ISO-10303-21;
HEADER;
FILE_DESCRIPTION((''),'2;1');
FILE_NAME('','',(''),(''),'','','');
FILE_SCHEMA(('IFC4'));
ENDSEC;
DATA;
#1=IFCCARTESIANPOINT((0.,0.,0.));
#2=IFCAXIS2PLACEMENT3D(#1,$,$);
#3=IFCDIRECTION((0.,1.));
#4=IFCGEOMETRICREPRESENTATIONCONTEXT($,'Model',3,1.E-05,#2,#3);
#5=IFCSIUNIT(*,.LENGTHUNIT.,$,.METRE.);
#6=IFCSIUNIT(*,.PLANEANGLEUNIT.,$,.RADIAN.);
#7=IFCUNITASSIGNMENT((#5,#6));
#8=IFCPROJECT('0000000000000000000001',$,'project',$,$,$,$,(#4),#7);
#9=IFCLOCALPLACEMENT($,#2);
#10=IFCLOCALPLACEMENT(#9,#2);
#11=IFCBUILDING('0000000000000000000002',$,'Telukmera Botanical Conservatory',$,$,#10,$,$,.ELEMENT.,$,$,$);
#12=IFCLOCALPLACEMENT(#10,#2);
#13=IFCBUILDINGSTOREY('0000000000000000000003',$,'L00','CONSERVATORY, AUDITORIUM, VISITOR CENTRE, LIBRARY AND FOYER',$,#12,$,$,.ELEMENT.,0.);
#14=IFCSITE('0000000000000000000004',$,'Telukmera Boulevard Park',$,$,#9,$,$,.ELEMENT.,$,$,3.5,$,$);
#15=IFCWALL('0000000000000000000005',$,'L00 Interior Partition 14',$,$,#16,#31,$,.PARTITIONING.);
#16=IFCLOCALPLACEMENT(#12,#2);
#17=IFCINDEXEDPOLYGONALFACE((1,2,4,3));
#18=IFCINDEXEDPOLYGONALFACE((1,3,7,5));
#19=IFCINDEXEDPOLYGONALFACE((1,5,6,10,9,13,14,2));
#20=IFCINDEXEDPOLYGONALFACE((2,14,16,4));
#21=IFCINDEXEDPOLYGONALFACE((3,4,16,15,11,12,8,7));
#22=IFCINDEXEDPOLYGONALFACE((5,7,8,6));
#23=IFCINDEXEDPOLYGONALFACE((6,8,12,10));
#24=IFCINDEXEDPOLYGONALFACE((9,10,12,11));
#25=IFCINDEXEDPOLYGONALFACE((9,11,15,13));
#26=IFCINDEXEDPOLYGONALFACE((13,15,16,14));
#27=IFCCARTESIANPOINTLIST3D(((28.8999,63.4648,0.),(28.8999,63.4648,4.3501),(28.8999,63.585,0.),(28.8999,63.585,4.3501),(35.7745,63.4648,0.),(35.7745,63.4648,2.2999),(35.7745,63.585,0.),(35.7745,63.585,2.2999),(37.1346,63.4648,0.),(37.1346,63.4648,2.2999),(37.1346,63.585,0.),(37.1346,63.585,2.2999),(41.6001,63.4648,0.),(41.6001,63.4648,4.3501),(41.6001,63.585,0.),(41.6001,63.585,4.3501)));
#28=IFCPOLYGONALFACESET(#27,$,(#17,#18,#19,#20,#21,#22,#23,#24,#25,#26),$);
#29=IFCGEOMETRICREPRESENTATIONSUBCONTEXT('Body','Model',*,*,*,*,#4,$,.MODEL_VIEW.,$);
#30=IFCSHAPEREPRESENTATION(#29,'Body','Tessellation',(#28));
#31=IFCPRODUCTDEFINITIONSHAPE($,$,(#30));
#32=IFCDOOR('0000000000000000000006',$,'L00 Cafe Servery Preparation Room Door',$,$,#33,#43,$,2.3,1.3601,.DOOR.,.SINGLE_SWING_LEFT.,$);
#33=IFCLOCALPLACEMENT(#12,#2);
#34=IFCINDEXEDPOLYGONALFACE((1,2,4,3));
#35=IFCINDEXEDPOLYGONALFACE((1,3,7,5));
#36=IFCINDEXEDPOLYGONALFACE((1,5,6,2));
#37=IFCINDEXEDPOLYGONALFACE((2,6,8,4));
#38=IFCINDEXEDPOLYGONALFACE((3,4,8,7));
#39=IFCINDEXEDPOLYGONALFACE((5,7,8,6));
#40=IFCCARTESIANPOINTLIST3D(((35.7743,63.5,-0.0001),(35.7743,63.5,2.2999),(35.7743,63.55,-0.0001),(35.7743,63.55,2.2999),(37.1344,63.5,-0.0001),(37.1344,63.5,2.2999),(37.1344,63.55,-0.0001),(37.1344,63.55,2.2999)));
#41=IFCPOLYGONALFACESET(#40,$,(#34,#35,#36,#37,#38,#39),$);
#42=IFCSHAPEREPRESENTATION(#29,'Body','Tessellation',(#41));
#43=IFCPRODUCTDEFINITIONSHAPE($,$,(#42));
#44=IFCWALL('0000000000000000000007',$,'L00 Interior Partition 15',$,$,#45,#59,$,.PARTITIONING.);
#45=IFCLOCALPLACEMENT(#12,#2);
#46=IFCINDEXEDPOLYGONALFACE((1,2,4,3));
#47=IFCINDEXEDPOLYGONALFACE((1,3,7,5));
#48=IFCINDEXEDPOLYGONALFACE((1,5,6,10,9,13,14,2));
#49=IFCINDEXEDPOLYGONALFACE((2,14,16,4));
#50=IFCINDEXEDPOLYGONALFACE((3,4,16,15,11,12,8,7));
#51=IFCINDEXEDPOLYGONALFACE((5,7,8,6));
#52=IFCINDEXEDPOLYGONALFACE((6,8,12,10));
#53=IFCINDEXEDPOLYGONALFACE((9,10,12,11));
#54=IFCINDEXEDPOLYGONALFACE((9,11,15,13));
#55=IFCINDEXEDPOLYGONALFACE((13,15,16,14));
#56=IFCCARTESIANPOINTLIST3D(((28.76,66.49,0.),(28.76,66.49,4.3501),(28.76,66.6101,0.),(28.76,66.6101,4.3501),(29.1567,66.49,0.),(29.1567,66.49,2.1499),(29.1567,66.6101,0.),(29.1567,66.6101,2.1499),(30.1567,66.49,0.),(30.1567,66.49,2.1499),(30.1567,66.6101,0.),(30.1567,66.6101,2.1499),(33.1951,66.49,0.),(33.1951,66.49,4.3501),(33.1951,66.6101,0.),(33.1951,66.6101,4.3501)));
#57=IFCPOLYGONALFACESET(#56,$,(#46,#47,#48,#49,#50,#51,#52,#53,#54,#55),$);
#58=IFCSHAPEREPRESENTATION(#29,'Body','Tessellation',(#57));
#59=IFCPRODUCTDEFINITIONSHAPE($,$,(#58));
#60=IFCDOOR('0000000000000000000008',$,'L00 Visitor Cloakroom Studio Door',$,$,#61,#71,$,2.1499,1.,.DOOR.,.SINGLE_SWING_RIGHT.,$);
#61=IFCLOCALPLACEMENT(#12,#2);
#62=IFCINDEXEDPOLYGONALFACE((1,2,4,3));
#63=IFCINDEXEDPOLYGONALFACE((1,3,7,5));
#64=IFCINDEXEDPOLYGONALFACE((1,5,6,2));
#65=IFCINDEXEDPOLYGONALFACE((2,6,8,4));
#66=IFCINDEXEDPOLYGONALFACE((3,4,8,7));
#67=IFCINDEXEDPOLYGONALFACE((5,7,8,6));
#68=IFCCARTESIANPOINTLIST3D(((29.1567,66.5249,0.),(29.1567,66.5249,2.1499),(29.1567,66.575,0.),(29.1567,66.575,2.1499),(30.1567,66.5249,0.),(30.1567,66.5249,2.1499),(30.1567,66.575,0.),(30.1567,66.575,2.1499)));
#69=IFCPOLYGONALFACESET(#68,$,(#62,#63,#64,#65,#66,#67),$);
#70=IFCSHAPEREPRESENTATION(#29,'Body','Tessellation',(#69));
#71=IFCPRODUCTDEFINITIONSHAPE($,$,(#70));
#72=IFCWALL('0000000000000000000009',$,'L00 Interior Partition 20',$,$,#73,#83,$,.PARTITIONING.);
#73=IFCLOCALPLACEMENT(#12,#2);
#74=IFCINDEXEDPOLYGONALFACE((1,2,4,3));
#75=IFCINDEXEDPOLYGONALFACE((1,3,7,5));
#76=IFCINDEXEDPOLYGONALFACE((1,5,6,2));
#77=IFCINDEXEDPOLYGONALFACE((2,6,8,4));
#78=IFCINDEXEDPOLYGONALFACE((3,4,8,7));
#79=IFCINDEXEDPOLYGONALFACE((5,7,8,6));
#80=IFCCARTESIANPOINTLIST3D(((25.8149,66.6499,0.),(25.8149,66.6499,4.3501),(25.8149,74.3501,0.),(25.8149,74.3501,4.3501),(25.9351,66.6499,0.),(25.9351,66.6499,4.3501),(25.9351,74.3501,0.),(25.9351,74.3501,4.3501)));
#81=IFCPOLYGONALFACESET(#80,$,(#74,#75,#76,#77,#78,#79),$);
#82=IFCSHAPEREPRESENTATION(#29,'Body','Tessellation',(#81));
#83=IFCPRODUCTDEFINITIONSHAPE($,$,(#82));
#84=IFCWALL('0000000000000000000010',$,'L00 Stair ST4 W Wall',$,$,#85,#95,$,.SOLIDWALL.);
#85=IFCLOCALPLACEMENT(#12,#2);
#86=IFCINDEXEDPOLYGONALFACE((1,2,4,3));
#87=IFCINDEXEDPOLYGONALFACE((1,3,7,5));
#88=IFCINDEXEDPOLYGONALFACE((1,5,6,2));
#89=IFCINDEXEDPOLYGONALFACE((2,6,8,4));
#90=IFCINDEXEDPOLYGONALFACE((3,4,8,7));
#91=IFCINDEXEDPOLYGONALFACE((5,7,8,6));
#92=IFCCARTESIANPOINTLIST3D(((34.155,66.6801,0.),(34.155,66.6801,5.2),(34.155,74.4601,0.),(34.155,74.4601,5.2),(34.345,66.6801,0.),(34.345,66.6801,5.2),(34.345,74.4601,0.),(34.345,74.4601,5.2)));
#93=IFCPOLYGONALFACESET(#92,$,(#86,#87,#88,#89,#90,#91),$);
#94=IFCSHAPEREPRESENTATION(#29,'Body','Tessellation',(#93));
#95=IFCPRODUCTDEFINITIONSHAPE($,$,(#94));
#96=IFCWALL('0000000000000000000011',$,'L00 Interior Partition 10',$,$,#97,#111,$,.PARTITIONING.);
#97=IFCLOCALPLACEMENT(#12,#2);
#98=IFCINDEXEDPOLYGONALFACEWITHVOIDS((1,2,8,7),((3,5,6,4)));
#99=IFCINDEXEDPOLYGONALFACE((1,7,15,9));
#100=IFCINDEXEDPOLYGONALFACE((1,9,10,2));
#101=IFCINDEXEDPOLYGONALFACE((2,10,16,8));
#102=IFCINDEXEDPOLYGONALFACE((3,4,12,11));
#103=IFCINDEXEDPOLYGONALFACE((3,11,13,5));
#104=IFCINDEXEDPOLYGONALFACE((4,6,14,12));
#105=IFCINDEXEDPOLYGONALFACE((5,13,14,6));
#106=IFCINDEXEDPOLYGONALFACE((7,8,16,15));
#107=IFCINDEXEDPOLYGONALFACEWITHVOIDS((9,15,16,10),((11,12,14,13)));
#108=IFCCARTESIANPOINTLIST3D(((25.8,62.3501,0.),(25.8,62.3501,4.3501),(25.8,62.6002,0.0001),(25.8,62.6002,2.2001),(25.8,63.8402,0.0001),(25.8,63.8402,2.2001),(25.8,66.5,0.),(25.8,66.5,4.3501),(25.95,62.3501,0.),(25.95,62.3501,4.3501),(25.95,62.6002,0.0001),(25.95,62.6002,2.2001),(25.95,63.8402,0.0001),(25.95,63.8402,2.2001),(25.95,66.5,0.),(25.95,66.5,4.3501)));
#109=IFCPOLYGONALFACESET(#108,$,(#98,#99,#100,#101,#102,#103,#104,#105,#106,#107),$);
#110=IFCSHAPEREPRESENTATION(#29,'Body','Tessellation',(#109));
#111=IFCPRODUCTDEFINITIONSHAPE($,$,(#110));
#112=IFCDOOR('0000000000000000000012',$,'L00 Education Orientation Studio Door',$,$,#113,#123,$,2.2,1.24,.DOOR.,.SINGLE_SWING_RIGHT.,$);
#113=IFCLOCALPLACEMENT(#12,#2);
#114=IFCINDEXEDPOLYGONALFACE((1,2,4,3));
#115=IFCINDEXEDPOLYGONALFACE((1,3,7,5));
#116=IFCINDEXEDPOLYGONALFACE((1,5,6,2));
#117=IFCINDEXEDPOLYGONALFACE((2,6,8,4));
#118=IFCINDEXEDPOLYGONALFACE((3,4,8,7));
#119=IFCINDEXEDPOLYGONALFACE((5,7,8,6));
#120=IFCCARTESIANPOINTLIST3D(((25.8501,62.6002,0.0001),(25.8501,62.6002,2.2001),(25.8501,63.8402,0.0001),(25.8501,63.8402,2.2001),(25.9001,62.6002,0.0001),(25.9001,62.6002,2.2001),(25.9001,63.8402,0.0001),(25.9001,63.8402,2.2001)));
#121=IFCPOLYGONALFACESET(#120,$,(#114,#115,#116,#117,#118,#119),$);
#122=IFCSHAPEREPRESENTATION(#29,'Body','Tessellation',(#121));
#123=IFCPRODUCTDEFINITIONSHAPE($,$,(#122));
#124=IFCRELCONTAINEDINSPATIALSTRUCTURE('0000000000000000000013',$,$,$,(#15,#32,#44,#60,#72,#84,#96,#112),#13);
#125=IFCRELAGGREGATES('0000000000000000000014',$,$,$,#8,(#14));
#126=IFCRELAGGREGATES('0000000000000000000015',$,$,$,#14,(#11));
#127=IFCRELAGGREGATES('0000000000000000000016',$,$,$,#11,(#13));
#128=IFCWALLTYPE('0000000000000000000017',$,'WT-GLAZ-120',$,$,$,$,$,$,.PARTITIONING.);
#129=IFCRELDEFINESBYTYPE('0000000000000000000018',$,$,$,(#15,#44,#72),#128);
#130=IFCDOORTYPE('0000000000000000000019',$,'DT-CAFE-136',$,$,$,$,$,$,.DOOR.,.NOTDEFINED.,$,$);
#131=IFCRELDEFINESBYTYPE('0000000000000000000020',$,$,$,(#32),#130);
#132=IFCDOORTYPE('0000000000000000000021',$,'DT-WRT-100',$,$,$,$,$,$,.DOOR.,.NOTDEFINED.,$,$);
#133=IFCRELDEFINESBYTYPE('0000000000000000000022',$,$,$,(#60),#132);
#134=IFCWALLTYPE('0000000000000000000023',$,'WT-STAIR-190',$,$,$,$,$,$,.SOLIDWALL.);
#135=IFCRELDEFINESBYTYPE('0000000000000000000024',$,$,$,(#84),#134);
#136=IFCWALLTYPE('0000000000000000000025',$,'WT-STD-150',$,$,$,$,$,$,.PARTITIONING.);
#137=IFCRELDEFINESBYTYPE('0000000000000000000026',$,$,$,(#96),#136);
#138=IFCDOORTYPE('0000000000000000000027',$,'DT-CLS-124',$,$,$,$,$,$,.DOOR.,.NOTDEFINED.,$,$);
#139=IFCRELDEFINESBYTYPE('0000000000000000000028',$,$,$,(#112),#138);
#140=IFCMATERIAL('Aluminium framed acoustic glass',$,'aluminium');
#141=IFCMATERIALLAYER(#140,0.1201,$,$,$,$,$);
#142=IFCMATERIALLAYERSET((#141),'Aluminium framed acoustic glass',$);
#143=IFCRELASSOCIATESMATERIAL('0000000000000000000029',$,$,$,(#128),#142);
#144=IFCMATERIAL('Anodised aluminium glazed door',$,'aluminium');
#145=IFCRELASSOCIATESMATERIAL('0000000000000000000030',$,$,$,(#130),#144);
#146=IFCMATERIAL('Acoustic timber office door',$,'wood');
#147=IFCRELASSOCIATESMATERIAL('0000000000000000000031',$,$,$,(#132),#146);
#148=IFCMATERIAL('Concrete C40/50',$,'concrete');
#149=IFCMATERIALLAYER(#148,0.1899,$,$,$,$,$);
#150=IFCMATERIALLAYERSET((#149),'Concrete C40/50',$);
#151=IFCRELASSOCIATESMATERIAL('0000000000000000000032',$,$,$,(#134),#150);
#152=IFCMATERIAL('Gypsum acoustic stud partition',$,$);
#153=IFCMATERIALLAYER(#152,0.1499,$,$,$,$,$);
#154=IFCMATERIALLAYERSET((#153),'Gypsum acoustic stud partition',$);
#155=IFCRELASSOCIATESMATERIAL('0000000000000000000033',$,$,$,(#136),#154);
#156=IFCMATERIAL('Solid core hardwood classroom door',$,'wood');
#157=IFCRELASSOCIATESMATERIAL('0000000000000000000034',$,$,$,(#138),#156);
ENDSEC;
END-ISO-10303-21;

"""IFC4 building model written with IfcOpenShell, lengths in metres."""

from ifc_helpers import new_model, si_unit, direction, frame, frame_2d, origin, place, context, subcontext, project, spatial, rectangle, extrude, material, layer, layer_set, type_object, element, fill, save


model = new_model("IFC4")

# Units and contexts
model_context = context("Model", 3, precision=1e-05, world=origin(), true_north=direction((0.0, 1.0)))
body_context = subcontext(model_context, "Body", "Model", "MODEL_VIEW")
ifc_project = project(units=[si_unit("LENGTHUNIT", "METRE"), si_unit("PLANEANGLEUNIT", "RADIAN")], contexts=[model_context])

# Site, building, storey
site_placement = place(None, origin())
site = spatial("IfcSite", under=ifc_project, at=site_placement, Name="Telukmera Boulevard Park", CompositionType="ELEMENT", RefElevation=3.5)
building_placement = place(site_placement, origin())
building = spatial("IfcBuilding", under=site, at=building_placement, Name="Telukmera Botanical Conservatory", CompositionType="ELEMENT")
storey_placement = place(building_placement, origin())
storey = spatial("IfcBuildingStorey", under=building, at=storey_placement, Name="L00", Description="CONSERVATORY, AUDITORIUM, VISITOR CENTRE, LIBRARY AND FOYER", CompositionType="ELEMENT", Elevation=0.0)

# Shared definitions
ifc_material_1 = material(Name="Concrete C40/50", Category="concrete")

# Shared definitions
ifc_material_2 = material(Name="Aluminium framed acoustic glass", Category="aluminium")
ifc_layer_1 = layer(ifc_material_2, 0.1201)
ifc_layer_set_1 = layer_set([ifc_layer_1], Name="Aluminium framed acoustic glass")
wall_type_1 = type_object("IfcWallType", Name="WT-GLAZ-120", PredefinedType="PARTITIONING", material=ifc_layer_set_1)

# Walls, openings, doors
wall_1_placement = place(storey_placement, frame((28.8999, 63.5249, 0.0), z_axis=(0.0, 0.0, 1.0), x_axis=(1.0, 0.0, 0.0)))
wall_1 = element("IfcWall", 1, at=wall_1_placement, inside=storey, type_object=wall_type_1, Name="L00 Interior Partition 14", PredefinedType="PARTITIONING", context=body_context, shape_type="SweptSolid", body=[
    extrude(rectangle(XDim=12.7002, YDim=0.1201, at=frame_2d((6.3501, 0.0))), origin(), (0.0, 0.0, 1.0), 4.3501),
])
opening_1_placement = place(wall_1_placement, frame((6.8745, 0.0, 0.0)))
opening_1 = element("IfcOpeningElement", 2, at=opening_1_placement, cuts=wall_1, PredefinedType="OPENING", context=body_context, shape_type="SweptSolid", body=[
    extrude(rectangle(XDim=1.3601, YDim=2.3, at=frame_2d((0.6802, 1.1499))), frame((0.0, 0.0701, 0.0), z_axis=(0.0, -1.0, 0.0), x_axis=(1.0, 0.0, 0.0)), (0.0, 0.0, 1.0), 0.1401),
])
ifc_material_3 = material(Name="Anodised aluminium glazed door", Category="aluminium")
door_type_1 = type_object("IfcDoorType", Name="DT-CAFE-136", OperationType="NOTDEFINED", PredefinedType="DOOR", material=ifc_material_3)
door_1_placement = place(opening_1_placement, frame((1.3601, 0.0, 0.0), z_axis=(0.0, 0.0, 1.0), x_axis=(-1.0, 0.0, 0.0)))
door_1 = element("IfcDoor", 3, at=door_1_placement, inside=storey, type_object=door_type_1, Name="L00 Cafe Servery Preparation Room Door", OperationType="SINGLE_SWING_LEFT", OverallHeight=2.3, OverallWidth=1.3601, PredefinedType="DOOR", context=body_context, shape_type="SweptSolid", body=[
    extrude(rectangle(XDim=1.3601, YDim=2.3, at=frame_2d((0.6802, 1.1499))), frame((0.0, 0.0249, 0.0), z_axis=(0.0, -1.0, 0.0), x_axis=(1.0, 0.0, 0.0)), (0.0, 0.0, 1.0), 0.05),
])
fill(opening_1, door_1)
wall_2_placement = place(storey_placement, frame((28.76, 66.55, 0.0), z_axis=(0.0, 0.0, 1.0), x_axis=(1.0, 0.0, 0.0)))
wall_2 = element("IfcWall", 4, at=wall_2_placement, inside=storey, type_object=wall_type_1, Name="L00 Interior Partition 15", PredefinedType="PARTITIONING", context=body_context, shape_type="SweptSolid", body=[
    extrude(rectangle(XDim=4.4351, YDim=0.1201, at=frame_2d((2.2175, 0.0))), origin(), (0.0, 0.0, 1.0), 4.3501),
])
opening_2_placement = place(wall_2_placement, frame((0.3967, 0.0, 0.0)))
opening_2 = element("IfcOpeningElement", 5, at=opening_2_placement, cuts=wall_2, PredefinedType="OPENING", context=body_context, shape_type="SweptSolid", body=[
    extrude(rectangle(XDim=1.0, YDim=2.1499, at=frame_2d((0.5, 1.075))), frame((0.0, 0.0701, 0.0), z_axis=(0.0, -1.0, 0.0), x_axis=(1.0, 0.0, 0.0)), (0.0, 0.0, 1.0), 0.1401),
])
ifc_material_4 = material(Name="Acoustic timber office door", Category="wood")
door_type_2 = type_object("IfcDoorType", Name="DT-WRT-100", OperationType="NOTDEFINED", PredefinedType="DOOR", material=ifc_material_4)
door_2_placement = place(opening_2_placement, origin())
door_2 = element("IfcDoor", 6, at=door_2_placement, inside=storey, type_object=door_type_2, Name="L00 Visitor Cloakroom Studio Door", OperationType="SINGLE_SWING_RIGHT", OverallHeight=2.1499, OverallWidth=1.0, PredefinedType="DOOR", context=body_context, shape_type="SweptSolid", body=[
    extrude(rectangle(XDim=1.0, YDim=2.1499, at=frame_2d((0.5, 1.075))), frame((0.0, 0.0249, 0.0), z_axis=(0.0, -1.0, 0.0), x_axis=(1.0, 0.0, 0.0)), (0.0, 0.0, 1.0), 0.05),
])
fill(opening_2, door_2)

# Wall
wall_3_placement = place(storey_placement, frame((25.875, 66.6499, 0.0), z_axis=(0.0, 0.0, 1.0), x_axis=(0.0, 1.0, 0.0)))
element("IfcWall", 7, at=wall_3_placement, inside=storey, type_object=wall_type_1, Name="L00 Interior Partition 20", PredefinedType="PARTITIONING", context=body_context, shape_type="SweptSolid", body=[
    extrude(rectangle(XDim=7.7002, YDim=0.1201, at=frame_2d((3.8501, 0.0))), origin(), (0.0, 0.0, 1.0), 4.3501),
])

# Shared definitions
ifc_layer_2 = layer(ifc_material_1, 0.1899)
ifc_layer_set_2 = layer_set([ifc_layer_2], Name="Concrete C40/50")
wall_type_2 = type_object("IfcWallType", Name="WT-STAIR-190", PredefinedType="SOLIDWALL", material=ifc_layer_set_2)

# Wall
wall_4_placement = place(storey_placement, frame((34.25, 66.6799, 0.0), z_axis=(0.0, 0.0, 1.0), x_axis=(0.0, 1.0, 0.0)))
element("IfcWall", 8, at=wall_4_placement, inside=storey, type_object=wall_type_2, Name="L00 Stair ST4 W Wall", PredefinedType="SOLIDWALL", context=body_context, shape_type="SweptSolid", body=[
    extrude(rectangle(XDim=7.78, YDim=0.1899, at=frame_2d((3.8901, 0.0))), origin(), (0.0, 0.0, 1.0), 5.2),
])

# Wall, opening, door
ifc_material_5 = material(Name="Gypsum acoustic stud partition")
ifc_layer_3 = layer(ifc_material_5, 0.1499)
ifc_layer_set_3 = layer_set([ifc_layer_3], Name="Gypsum acoustic stud partition")
wall_type_3 = type_object("IfcWallType", Name="WT-STD-150", PredefinedType="PARTITIONING", material=ifc_layer_set_3)
wall_5_placement = place(storey_placement, frame((25.875, 62.3501, 0.0), z_axis=(0.0, 0.0, 1.0), x_axis=(0.0, 1.0, 0.0)))
wall_5 = element("IfcWall", 9, at=wall_5_placement, inside=storey, type_object=wall_type_3, Name="L00 Interior Partition 10", PredefinedType="PARTITIONING", context=body_context, shape_type="SweptSolid", body=[
    extrude(rectangle(XDim=4.1499, YDim=0.1499, at=frame_2d((2.075, 0.0))), origin(), (0.0, 0.0, 1.0), 4.3501),
])
opening_3_placement = place(wall_5_placement, frame((0.25, 0.0, 0.0)))
opening_3 = element("IfcOpeningElement", 10, at=opening_3_placement, cuts=wall_5, PredefinedType="OPENING", context=body_context, shape_type="SweptSolid", body=[
    extrude(rectangle(XDim=1.24, YDim=2.2, at=frame_2d((0.6201, 1.1001))), frame((0.0, 0.085, 0.0), z_axis=(0.0, -1.0, 0.0), x_axis=(1.0, 0.0, 0.0)), (0.0, 0.0, 1.0), 0.1699),
])
ifc_material_6 = material(Name="Solid core hardwood classroom door", Category="wood")
door_type_3 = type_object("IfcDoorType", Name="DT-CLS-124", OperationType="NOTDEFINED", PredefinedType="DOOR", material=ifc_material_6)
door_3_placement = place(opening_3_placement, origin())
door_3 = element("IfcDoor", 11, at=door_3_placement, inside=storey, type_object=door_type_3, Name="L00 Education Orientation Studio Door", OperationType="SINGLE_SWING_RIGHT", OverallHeight=2.2, OverallWidth=1.24, PredefinedType="DOOR", context=body_context, shape_type="SweptSolid", body=[
    extrude(rectangle(XDim=1.24, YDim=2.2, at=frame_2d((0.6201, 1.1001))), frame((0.0, 0.0249, 0.0), z_axis=(0.0, -1.0, 0.0), x_axis=(1.0, 0.0, 0.0)), (0.0, 0.0, 1.0), 0.05),
])
fill(opening_3, door_3)

save(model, "model.ifc")
